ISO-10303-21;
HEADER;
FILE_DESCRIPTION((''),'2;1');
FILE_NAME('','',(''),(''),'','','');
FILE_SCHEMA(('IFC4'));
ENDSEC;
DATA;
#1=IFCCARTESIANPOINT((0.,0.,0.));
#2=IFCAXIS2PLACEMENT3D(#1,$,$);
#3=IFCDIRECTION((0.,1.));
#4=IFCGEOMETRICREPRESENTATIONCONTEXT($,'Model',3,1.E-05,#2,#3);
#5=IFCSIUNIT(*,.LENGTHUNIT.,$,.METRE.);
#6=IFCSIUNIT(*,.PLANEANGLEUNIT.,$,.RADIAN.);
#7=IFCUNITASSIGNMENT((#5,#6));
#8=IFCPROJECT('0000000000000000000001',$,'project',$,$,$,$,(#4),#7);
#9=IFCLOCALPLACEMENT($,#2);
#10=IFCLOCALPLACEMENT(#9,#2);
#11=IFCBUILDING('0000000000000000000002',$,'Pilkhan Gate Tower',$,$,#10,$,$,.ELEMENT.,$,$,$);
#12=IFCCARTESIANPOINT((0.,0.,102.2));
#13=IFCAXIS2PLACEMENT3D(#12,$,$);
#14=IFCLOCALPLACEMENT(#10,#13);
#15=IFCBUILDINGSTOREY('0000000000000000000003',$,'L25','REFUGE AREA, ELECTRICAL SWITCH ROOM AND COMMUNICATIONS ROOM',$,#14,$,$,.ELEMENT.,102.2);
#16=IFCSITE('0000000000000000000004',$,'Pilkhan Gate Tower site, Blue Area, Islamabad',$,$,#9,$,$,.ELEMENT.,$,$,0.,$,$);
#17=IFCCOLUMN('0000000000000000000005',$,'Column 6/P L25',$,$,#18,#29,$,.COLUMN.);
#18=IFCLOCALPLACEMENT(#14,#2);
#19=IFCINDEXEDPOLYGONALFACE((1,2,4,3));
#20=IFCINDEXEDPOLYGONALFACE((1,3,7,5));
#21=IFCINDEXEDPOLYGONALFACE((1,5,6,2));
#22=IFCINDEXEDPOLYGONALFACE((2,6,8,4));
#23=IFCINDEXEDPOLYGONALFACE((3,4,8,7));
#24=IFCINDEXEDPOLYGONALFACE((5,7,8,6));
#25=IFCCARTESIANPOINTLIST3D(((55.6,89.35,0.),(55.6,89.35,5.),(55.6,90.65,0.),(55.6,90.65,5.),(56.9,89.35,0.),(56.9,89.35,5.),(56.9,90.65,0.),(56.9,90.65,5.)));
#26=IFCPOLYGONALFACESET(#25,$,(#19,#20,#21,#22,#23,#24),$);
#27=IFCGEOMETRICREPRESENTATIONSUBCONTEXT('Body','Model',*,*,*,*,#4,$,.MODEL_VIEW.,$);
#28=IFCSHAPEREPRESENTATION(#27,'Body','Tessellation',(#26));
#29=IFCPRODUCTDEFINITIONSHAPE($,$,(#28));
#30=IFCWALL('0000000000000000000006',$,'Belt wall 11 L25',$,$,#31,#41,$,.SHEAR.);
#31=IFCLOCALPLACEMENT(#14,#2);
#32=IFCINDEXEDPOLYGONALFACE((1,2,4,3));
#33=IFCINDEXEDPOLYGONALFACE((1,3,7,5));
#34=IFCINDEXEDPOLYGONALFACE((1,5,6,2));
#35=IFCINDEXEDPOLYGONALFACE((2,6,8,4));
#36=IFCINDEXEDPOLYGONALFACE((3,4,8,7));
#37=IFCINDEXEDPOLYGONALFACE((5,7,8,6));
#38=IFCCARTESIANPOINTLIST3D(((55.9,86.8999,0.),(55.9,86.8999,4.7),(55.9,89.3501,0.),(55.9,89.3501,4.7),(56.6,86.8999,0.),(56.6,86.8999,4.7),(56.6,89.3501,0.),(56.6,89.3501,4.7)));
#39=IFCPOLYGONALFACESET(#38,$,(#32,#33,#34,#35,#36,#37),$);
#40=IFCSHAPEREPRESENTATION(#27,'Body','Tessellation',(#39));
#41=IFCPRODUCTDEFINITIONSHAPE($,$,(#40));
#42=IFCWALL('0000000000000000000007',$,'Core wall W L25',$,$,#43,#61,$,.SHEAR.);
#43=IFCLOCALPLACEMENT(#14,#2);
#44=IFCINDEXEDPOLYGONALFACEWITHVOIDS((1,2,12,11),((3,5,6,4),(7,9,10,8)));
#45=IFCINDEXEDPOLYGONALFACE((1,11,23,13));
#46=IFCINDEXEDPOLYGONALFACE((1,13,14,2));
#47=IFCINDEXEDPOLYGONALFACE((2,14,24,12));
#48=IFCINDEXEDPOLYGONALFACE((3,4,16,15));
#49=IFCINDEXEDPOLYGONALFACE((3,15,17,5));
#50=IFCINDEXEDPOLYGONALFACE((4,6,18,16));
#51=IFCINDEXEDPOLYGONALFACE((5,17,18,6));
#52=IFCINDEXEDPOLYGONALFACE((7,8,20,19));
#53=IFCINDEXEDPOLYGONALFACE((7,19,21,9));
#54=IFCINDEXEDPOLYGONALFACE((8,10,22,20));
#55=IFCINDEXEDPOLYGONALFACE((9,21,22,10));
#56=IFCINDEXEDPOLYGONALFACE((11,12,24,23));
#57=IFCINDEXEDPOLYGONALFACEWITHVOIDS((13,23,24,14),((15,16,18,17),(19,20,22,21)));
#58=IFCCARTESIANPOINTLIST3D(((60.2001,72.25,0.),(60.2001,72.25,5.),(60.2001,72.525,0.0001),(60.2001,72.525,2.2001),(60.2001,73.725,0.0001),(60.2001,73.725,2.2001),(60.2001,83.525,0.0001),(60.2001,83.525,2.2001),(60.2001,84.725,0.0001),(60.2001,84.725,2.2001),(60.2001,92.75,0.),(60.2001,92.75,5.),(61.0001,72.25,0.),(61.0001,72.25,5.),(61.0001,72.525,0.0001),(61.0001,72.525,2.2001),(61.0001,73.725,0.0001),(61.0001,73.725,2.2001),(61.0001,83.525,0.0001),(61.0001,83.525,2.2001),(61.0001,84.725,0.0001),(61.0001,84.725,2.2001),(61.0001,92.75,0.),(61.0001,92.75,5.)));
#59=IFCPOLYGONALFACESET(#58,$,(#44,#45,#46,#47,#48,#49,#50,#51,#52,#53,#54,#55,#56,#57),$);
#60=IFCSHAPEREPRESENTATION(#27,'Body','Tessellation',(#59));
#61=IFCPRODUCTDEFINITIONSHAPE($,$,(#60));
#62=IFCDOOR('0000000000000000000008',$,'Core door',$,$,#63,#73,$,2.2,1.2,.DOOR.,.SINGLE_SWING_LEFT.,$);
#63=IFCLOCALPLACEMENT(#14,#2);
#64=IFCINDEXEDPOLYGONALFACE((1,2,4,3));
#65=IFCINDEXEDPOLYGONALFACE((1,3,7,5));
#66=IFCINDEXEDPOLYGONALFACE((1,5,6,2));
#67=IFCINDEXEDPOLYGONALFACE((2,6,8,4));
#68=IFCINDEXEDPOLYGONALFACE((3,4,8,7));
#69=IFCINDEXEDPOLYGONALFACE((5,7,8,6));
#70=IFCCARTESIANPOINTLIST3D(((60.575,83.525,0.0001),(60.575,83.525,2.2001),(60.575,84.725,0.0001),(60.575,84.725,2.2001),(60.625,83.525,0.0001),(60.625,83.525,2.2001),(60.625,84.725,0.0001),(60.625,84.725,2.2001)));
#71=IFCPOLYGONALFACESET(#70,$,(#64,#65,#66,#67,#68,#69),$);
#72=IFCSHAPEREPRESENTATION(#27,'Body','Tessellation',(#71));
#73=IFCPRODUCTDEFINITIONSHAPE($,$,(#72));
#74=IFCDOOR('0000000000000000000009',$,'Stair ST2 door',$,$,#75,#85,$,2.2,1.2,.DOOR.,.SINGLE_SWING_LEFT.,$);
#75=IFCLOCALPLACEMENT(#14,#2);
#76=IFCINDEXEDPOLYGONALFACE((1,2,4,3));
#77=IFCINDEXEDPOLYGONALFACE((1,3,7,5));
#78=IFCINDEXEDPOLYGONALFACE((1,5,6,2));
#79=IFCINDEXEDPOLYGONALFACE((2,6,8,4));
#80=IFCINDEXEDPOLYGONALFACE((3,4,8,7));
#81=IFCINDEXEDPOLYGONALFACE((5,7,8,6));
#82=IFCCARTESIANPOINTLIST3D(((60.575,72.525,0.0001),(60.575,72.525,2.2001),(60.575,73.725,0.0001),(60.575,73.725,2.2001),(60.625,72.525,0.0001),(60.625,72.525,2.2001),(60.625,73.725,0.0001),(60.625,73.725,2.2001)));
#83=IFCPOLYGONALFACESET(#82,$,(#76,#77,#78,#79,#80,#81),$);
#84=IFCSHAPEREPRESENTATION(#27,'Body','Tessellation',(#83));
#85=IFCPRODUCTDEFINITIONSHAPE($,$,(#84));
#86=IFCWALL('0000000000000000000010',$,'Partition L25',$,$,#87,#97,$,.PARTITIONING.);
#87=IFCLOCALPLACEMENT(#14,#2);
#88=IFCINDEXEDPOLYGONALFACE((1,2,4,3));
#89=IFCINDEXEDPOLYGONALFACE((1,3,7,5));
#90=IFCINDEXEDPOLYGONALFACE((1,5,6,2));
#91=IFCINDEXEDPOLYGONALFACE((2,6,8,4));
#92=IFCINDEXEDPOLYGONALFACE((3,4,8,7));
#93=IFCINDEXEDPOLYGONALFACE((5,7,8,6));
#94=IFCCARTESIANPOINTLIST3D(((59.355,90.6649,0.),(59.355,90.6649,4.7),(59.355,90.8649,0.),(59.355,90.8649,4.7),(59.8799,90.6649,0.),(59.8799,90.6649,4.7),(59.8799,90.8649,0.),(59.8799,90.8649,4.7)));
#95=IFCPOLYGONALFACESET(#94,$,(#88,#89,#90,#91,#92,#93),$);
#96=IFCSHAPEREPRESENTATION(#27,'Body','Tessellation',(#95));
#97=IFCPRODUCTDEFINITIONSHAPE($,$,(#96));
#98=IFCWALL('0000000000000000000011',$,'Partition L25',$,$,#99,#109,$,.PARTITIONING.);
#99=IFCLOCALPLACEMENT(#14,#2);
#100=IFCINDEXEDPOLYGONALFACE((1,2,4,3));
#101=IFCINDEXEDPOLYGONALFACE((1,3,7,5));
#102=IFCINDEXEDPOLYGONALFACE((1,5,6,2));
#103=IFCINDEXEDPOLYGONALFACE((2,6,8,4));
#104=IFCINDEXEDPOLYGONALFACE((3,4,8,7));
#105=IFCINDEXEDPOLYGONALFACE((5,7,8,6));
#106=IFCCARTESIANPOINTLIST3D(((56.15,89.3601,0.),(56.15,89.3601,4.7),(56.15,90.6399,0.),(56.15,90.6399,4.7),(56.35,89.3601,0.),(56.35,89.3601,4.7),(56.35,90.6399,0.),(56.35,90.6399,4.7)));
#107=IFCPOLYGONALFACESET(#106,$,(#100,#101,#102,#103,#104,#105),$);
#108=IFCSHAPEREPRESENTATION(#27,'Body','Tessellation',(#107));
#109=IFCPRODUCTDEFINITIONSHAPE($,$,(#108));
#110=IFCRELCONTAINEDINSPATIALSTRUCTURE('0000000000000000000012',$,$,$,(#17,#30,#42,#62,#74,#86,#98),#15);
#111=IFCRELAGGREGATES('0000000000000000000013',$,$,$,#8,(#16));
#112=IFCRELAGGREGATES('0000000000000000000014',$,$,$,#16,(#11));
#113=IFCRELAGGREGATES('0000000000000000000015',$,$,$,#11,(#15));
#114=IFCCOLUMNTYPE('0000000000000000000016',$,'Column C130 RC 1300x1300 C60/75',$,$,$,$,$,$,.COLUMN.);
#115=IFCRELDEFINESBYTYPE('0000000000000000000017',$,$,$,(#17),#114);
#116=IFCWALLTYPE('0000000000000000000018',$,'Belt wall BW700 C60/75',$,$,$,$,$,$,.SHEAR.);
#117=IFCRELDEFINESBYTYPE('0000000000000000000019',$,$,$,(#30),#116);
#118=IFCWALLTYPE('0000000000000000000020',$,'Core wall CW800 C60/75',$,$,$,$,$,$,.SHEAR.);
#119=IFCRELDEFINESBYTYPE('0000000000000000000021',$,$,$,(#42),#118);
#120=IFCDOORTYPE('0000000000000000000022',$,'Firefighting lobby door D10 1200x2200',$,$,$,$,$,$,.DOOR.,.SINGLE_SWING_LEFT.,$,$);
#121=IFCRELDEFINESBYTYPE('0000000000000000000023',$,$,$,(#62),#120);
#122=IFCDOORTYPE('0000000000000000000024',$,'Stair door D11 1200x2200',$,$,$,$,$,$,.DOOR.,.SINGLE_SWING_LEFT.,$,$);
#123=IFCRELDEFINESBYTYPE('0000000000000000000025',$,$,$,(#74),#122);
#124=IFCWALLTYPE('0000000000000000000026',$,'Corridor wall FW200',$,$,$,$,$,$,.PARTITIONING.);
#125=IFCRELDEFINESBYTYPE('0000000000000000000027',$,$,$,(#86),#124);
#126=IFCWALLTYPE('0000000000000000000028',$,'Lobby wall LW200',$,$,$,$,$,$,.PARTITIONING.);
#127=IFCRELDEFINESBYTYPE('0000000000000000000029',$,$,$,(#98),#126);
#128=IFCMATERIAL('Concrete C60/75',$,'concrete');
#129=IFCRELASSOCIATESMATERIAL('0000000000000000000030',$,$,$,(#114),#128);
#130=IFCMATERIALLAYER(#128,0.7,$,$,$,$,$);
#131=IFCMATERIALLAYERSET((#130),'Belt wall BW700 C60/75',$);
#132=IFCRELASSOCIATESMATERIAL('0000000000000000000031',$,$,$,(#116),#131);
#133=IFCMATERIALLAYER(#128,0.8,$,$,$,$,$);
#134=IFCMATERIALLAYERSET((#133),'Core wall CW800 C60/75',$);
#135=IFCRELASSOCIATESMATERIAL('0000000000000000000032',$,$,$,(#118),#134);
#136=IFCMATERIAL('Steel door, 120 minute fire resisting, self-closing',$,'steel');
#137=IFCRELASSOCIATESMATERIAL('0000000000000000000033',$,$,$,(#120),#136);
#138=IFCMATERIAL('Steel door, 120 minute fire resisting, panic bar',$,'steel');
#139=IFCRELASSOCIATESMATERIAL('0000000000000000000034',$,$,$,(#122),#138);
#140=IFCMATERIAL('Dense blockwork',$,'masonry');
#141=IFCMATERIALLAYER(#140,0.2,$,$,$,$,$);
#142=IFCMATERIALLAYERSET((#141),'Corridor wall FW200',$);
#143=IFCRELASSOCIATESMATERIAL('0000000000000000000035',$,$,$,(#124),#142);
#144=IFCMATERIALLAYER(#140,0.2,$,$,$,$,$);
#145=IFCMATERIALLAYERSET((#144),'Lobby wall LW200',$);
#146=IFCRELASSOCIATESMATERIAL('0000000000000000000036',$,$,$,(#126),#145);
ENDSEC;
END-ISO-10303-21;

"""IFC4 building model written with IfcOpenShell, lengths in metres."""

from ifc_helpers import new_model, si_unit, direction, frame, frame_2d, origin, origin_2d, place, context, subcontext, project, spatial, rectangle, extrude, material, layer, layer_set, material_profile, profile_set, type_object, element, fill, save


model = new_model("IFC4")

# Units and contexts
model_context = context("Model", 3, precision=1e-05, world=origin(), true_north=direction((0.0, 1.0)))
body_context = subcontext(model_context, "Body", "Model", "MODEL_VIEW")
ifc_project = project(units=[si_unit("LENGTHUNIT", "METRE"), si_unit("PLANEANGLEUNIT", "RADIAN")], contexts=[model_context])

# Site, building, storey
site_placement = place(None, origin())
site = spatial("IfcSite", under=ifc_project, at=site_placement, Name="Pilkhan Gate Tower site, Blue Area, Islamabad", CompositionType="ELEMENT", RefElevation=0.0)
building_placement = place(site_placement, origin())
building = spatial("IfcBuilding", under=site, at=building_placement, Name="Pilkhan Gate Tower", CompositionType="ELEMENT")
storey_placement = place(building_placement, frame((0.0, 0.0, 102.2)))
storey = spatial("IfcBuildingStorey", under=building, at=storey_placement, Name="L25", Description="REFUGE AREA, ELECTRICAL SWITCH ROOM AND COMMUNICATIONS ROOM", CompositionType="ELEMENT", Elevation=102.2)

# Column
ifc_material_1 = material(Name="Concrete C60/75", Category="concrete")
ifc_material_profile = material_profile(ifc_material_1, rectangle(XDim=1.3, YDim=1.3, at=origin_2d()), Name="RC 1300x1300")
ifc_profile_set = profile_set([ifc_material_profile], Name="Concrete C60/75")
column_type = type_object("IfcColumnType", Name="Column C130 RC 1300x1300 C60/75", PredefinedType="COLUMN", material=ifc_profile_set)
column_placement = place(storey_placement, frame((56.25, 90.0, 0.0), z_axis=(0.0, 0.0, 1.0), x_axis=(1.0, 0.0, 0.0)))
element("IfcColumn", 1, at=column_placement, inside=storey, type_object=column_type, Name="Column 6/P L25", PredefinedType="COLUMN", context=body_context, shape_type="SweptSolid", body=[
    extrude(rectangle(XDim=1.3, YDim=1.3, at=origin_2d()), origin(), (0.0, 0.0, 1.0), 5.0),
])

# Wall
ifc_layer_1 = layer(ifc_material_1, 0.7)
ifc_layer_set_1 = layer_set([ifc_layer_1], Name="Belt wall BW700 C60/75")
wall_type_1 = type_object("IfcWallType", Name="Belt wall BW700 C60/75", PredefinedType="SHEAR", material=ifc_layer_set_1)
wall_1_placement = place(storey_placement, frame((56.25, 86.8999, 0.0), z_axis=(0.0, 0.0, 1.0), x_axis=(0.0, 1.0, 0.0)))
element("IfcWall", 2, at=wall_1_placement, inside=storey, type_object=wall_type_1, Name="Belt wall 11 L25", PredefinedType="SHEAR", context=body_context, shape_type="SweptSolid", body=[
    extrude(rectangle(XDim=2.4502, YDim=0.7, at=frame_2d((1.2251, 0.0))), origin(), (0.0, 0.0, 1.0), 4.7),
])

# Wall, openings, doors
ifc_layer_2 = layer(ifc_material_1, 0.8)
ifc_layer_set_2 = layer_set([ifc_layer_2], Name="Core wall CW800 C60/75")
wall_type_2 = type_object("IfcWallType", Name="Core wall CW800 C60/75", PredefinedType="SHEAR", material=ifc_layer_set_2)
wall_2_placement = place(storey_placement, frame((60.6001, 92.75, 0.0), z_axis=(0.0, 0.0, 1.0), x_axis=(0.0, -1.0, 0.0)))
wall_2 = element("IfcWall", 3, at=wall_2_placement, inside=storey, type_object=wall_type_2, Name="Core wall W L25", PredefinedType="SHEAR", context=body_context, shape_type="SweptSolid", body=[
    extrude(rectangle(XDim=20.5, YDim=0.8, at=frame_2d((10.25, 0.0))), origin(), (0.0, 0.0, 1.0), 5.0),
])
opening_1_placement = place(wall_2_placement, frame((19.0249, 0.0, 0.0)))
opening_1 = element("IfcOpeningElement", 4, at=opening_1_placement, cuts=wall_2, PredefinedType="OPENING", context=body_context, shape_type="SweptSolid", body=[
    extrude(rectangle(XDim=1.2, YDim=2.2, at=frame_2d((0.6001, 1.1001))), frame((0.0, 0.4099, 0.0), z_axis=(0.0, -1.0, 0.0), x_axis=(1.0, 0.0, 0.0)), (0.0, 0.0, 1.0), 0.8201),
])
opening_2_placement = place(wall_2_placement, frame((8.0249, 0.0, 0.0)))
opening_2 = element("IfcOpeningElement", 5, at=opening_2_placement, cuts=wall_2, PredefinedType="OPENING", context=body_context, shape_type="SweptSolid", body=[
    extrude(rectangle(XDim=1.2, YDim=2.2, at=frame_2d((0.6001, 1.1001))), frame((0.0, 0.4099, 0.0), z_axis=(0.0, -1.0, 0.0), x_axis=(1.0, 0.0, 0.0)), (0.0, 0.0, 1.0), 0.8201),
])
ifc_material_2 = material(Name="Steel door, 120 minute fire resisting, self-closing", Category="steel")
door_type_1 = type_object("IfcDoorType", Name="Firefighting lobby door D10 1200x2200", OperationType="SINGLE_SWING_LEFT", PredefinedType="DOOR", material=ifc_material_2)
door_1_placement = place(opening_2_placement, origin())
door_1 = element("IfcDoor", 6, at=door_1_placement, inside=storey, type_object=door_type_1, Name="Core door", OperationType="SINGLE_SWING_LEFT", OverallHeight=2.2, OverallWidth=1.2, PredefinedType="DOOR", context=body_context, shape_type="SweptSolid", body=[
    extrude(rectangle(XDim=1.2, YDim=2.2, at=frame_2d((0.6001, 1.1001))), frame((0.0, 0.0249, 0.0), z_axis=(0.0, -1.0, 0.0), x_axis=(1.0, 0.0, 0.0)), (0.0, 0.0, 1.0), 0.05),
])
fill(opening_2, door_1)
ifc_material_3 = material(Name="Steel door, 120 minute fire resisting, panic bar", Category="steel")
door_type_2 = type_object("IfcDoorType", Name="Stair door D11 1200x2200", OperationType="SINGLE_SWING_LEFT", PredefinedType="DOOR", material=ifc_material_3)
door_2_placement = place(opening_1_placement, origin())
door_2 = element("IfcDoor", 7, at=door_2_placement, inside=storey, type_object=door_type_2, Name="Stair ST2 door", OperationType="SINGLE_SWING_LEFT", OverallHeight=2.2, OverallWidth=1.2, PredefinedType="DOOR", context=body_context, shape_type="SweptSolid", body=[
    extrude(rectangle(XDim=1.2, YDim=2.2, at=frame_2d((0.6001, 1.1001))), frame((0.0, 0.0249, 0.0), z_axis=(0.0, -1.0, 0.0), x_axis=(1.0, 0.0, 0.0)), (0.0, 0.0, 1.0), 0.05),
])
fill(opening_1, door_2)

# Walls
ifc_material_4 = material(Name="Dense blockwork", Category="masonry")
ifc_layer_3 = layer(ifc_material_4, 0.2)
ifc_layer_set_3 = layer_set([ifc_layer_3], Name="Corridor wall FW200")
wall_type_3 = type_object("IfcWallType", Name="Corridor wall FW200", PredefinedType="PARTITIONING", material=ifc_layer_set_3)
wall_3_placement = place(storey_placement, frame((59.355, 90.7649, 0.0), z_axis=(0.0, 0.0, 1.0), x_axis=(1.0, 0.0, 0.0)))
element("IfcWall", 8, at=wall_3_placement, inside=storey, type_object=wall_type_3, Name="Partition L25", PredefinedType="PARTITIONING", context=body_context, shape_type="SweptSolid", body=[
    extrude(rectangle(XDim=0.5249, YDim=0.2, at=frame_2d((0.2625, 0.0))), origin(), (0.0, 0.0, 1.0), 4.7),
])
ifc_layer_4 = layer(ifc_material_4, 0.2)
ifc_layer_set_4 = layer_set([ifc_layer_4], Name="Lobby wall LW200")
wall_type_4 = type_object("IfcWallType", Name="Lobby wall LW200", PredefinedType="PARTITIONING", material=ifc_layer_set_4)
wall_4_placement = place(storey_placement, frame((56.25, 89.3601, 0.0), z_axis=(0.0, 0.0, 1.0), x_axis=(0.0, 1.0, 0.0)))
element("IfcWall", 9, at=wall_4_placement, inside=storey, type_object=wall_type_4, Name="Partition L25", PredefinedType="PARTITIONING", context=body_context, shape_type="SweptSolid", body=[
    extrude(rectangle(XDim=1.2798, YDim=0.2, at=frame_2d((0.6399, 0.0))), origin(), (0.0, 0.0, 1.0), 4.7),
])

save(model, "model.ifc")
